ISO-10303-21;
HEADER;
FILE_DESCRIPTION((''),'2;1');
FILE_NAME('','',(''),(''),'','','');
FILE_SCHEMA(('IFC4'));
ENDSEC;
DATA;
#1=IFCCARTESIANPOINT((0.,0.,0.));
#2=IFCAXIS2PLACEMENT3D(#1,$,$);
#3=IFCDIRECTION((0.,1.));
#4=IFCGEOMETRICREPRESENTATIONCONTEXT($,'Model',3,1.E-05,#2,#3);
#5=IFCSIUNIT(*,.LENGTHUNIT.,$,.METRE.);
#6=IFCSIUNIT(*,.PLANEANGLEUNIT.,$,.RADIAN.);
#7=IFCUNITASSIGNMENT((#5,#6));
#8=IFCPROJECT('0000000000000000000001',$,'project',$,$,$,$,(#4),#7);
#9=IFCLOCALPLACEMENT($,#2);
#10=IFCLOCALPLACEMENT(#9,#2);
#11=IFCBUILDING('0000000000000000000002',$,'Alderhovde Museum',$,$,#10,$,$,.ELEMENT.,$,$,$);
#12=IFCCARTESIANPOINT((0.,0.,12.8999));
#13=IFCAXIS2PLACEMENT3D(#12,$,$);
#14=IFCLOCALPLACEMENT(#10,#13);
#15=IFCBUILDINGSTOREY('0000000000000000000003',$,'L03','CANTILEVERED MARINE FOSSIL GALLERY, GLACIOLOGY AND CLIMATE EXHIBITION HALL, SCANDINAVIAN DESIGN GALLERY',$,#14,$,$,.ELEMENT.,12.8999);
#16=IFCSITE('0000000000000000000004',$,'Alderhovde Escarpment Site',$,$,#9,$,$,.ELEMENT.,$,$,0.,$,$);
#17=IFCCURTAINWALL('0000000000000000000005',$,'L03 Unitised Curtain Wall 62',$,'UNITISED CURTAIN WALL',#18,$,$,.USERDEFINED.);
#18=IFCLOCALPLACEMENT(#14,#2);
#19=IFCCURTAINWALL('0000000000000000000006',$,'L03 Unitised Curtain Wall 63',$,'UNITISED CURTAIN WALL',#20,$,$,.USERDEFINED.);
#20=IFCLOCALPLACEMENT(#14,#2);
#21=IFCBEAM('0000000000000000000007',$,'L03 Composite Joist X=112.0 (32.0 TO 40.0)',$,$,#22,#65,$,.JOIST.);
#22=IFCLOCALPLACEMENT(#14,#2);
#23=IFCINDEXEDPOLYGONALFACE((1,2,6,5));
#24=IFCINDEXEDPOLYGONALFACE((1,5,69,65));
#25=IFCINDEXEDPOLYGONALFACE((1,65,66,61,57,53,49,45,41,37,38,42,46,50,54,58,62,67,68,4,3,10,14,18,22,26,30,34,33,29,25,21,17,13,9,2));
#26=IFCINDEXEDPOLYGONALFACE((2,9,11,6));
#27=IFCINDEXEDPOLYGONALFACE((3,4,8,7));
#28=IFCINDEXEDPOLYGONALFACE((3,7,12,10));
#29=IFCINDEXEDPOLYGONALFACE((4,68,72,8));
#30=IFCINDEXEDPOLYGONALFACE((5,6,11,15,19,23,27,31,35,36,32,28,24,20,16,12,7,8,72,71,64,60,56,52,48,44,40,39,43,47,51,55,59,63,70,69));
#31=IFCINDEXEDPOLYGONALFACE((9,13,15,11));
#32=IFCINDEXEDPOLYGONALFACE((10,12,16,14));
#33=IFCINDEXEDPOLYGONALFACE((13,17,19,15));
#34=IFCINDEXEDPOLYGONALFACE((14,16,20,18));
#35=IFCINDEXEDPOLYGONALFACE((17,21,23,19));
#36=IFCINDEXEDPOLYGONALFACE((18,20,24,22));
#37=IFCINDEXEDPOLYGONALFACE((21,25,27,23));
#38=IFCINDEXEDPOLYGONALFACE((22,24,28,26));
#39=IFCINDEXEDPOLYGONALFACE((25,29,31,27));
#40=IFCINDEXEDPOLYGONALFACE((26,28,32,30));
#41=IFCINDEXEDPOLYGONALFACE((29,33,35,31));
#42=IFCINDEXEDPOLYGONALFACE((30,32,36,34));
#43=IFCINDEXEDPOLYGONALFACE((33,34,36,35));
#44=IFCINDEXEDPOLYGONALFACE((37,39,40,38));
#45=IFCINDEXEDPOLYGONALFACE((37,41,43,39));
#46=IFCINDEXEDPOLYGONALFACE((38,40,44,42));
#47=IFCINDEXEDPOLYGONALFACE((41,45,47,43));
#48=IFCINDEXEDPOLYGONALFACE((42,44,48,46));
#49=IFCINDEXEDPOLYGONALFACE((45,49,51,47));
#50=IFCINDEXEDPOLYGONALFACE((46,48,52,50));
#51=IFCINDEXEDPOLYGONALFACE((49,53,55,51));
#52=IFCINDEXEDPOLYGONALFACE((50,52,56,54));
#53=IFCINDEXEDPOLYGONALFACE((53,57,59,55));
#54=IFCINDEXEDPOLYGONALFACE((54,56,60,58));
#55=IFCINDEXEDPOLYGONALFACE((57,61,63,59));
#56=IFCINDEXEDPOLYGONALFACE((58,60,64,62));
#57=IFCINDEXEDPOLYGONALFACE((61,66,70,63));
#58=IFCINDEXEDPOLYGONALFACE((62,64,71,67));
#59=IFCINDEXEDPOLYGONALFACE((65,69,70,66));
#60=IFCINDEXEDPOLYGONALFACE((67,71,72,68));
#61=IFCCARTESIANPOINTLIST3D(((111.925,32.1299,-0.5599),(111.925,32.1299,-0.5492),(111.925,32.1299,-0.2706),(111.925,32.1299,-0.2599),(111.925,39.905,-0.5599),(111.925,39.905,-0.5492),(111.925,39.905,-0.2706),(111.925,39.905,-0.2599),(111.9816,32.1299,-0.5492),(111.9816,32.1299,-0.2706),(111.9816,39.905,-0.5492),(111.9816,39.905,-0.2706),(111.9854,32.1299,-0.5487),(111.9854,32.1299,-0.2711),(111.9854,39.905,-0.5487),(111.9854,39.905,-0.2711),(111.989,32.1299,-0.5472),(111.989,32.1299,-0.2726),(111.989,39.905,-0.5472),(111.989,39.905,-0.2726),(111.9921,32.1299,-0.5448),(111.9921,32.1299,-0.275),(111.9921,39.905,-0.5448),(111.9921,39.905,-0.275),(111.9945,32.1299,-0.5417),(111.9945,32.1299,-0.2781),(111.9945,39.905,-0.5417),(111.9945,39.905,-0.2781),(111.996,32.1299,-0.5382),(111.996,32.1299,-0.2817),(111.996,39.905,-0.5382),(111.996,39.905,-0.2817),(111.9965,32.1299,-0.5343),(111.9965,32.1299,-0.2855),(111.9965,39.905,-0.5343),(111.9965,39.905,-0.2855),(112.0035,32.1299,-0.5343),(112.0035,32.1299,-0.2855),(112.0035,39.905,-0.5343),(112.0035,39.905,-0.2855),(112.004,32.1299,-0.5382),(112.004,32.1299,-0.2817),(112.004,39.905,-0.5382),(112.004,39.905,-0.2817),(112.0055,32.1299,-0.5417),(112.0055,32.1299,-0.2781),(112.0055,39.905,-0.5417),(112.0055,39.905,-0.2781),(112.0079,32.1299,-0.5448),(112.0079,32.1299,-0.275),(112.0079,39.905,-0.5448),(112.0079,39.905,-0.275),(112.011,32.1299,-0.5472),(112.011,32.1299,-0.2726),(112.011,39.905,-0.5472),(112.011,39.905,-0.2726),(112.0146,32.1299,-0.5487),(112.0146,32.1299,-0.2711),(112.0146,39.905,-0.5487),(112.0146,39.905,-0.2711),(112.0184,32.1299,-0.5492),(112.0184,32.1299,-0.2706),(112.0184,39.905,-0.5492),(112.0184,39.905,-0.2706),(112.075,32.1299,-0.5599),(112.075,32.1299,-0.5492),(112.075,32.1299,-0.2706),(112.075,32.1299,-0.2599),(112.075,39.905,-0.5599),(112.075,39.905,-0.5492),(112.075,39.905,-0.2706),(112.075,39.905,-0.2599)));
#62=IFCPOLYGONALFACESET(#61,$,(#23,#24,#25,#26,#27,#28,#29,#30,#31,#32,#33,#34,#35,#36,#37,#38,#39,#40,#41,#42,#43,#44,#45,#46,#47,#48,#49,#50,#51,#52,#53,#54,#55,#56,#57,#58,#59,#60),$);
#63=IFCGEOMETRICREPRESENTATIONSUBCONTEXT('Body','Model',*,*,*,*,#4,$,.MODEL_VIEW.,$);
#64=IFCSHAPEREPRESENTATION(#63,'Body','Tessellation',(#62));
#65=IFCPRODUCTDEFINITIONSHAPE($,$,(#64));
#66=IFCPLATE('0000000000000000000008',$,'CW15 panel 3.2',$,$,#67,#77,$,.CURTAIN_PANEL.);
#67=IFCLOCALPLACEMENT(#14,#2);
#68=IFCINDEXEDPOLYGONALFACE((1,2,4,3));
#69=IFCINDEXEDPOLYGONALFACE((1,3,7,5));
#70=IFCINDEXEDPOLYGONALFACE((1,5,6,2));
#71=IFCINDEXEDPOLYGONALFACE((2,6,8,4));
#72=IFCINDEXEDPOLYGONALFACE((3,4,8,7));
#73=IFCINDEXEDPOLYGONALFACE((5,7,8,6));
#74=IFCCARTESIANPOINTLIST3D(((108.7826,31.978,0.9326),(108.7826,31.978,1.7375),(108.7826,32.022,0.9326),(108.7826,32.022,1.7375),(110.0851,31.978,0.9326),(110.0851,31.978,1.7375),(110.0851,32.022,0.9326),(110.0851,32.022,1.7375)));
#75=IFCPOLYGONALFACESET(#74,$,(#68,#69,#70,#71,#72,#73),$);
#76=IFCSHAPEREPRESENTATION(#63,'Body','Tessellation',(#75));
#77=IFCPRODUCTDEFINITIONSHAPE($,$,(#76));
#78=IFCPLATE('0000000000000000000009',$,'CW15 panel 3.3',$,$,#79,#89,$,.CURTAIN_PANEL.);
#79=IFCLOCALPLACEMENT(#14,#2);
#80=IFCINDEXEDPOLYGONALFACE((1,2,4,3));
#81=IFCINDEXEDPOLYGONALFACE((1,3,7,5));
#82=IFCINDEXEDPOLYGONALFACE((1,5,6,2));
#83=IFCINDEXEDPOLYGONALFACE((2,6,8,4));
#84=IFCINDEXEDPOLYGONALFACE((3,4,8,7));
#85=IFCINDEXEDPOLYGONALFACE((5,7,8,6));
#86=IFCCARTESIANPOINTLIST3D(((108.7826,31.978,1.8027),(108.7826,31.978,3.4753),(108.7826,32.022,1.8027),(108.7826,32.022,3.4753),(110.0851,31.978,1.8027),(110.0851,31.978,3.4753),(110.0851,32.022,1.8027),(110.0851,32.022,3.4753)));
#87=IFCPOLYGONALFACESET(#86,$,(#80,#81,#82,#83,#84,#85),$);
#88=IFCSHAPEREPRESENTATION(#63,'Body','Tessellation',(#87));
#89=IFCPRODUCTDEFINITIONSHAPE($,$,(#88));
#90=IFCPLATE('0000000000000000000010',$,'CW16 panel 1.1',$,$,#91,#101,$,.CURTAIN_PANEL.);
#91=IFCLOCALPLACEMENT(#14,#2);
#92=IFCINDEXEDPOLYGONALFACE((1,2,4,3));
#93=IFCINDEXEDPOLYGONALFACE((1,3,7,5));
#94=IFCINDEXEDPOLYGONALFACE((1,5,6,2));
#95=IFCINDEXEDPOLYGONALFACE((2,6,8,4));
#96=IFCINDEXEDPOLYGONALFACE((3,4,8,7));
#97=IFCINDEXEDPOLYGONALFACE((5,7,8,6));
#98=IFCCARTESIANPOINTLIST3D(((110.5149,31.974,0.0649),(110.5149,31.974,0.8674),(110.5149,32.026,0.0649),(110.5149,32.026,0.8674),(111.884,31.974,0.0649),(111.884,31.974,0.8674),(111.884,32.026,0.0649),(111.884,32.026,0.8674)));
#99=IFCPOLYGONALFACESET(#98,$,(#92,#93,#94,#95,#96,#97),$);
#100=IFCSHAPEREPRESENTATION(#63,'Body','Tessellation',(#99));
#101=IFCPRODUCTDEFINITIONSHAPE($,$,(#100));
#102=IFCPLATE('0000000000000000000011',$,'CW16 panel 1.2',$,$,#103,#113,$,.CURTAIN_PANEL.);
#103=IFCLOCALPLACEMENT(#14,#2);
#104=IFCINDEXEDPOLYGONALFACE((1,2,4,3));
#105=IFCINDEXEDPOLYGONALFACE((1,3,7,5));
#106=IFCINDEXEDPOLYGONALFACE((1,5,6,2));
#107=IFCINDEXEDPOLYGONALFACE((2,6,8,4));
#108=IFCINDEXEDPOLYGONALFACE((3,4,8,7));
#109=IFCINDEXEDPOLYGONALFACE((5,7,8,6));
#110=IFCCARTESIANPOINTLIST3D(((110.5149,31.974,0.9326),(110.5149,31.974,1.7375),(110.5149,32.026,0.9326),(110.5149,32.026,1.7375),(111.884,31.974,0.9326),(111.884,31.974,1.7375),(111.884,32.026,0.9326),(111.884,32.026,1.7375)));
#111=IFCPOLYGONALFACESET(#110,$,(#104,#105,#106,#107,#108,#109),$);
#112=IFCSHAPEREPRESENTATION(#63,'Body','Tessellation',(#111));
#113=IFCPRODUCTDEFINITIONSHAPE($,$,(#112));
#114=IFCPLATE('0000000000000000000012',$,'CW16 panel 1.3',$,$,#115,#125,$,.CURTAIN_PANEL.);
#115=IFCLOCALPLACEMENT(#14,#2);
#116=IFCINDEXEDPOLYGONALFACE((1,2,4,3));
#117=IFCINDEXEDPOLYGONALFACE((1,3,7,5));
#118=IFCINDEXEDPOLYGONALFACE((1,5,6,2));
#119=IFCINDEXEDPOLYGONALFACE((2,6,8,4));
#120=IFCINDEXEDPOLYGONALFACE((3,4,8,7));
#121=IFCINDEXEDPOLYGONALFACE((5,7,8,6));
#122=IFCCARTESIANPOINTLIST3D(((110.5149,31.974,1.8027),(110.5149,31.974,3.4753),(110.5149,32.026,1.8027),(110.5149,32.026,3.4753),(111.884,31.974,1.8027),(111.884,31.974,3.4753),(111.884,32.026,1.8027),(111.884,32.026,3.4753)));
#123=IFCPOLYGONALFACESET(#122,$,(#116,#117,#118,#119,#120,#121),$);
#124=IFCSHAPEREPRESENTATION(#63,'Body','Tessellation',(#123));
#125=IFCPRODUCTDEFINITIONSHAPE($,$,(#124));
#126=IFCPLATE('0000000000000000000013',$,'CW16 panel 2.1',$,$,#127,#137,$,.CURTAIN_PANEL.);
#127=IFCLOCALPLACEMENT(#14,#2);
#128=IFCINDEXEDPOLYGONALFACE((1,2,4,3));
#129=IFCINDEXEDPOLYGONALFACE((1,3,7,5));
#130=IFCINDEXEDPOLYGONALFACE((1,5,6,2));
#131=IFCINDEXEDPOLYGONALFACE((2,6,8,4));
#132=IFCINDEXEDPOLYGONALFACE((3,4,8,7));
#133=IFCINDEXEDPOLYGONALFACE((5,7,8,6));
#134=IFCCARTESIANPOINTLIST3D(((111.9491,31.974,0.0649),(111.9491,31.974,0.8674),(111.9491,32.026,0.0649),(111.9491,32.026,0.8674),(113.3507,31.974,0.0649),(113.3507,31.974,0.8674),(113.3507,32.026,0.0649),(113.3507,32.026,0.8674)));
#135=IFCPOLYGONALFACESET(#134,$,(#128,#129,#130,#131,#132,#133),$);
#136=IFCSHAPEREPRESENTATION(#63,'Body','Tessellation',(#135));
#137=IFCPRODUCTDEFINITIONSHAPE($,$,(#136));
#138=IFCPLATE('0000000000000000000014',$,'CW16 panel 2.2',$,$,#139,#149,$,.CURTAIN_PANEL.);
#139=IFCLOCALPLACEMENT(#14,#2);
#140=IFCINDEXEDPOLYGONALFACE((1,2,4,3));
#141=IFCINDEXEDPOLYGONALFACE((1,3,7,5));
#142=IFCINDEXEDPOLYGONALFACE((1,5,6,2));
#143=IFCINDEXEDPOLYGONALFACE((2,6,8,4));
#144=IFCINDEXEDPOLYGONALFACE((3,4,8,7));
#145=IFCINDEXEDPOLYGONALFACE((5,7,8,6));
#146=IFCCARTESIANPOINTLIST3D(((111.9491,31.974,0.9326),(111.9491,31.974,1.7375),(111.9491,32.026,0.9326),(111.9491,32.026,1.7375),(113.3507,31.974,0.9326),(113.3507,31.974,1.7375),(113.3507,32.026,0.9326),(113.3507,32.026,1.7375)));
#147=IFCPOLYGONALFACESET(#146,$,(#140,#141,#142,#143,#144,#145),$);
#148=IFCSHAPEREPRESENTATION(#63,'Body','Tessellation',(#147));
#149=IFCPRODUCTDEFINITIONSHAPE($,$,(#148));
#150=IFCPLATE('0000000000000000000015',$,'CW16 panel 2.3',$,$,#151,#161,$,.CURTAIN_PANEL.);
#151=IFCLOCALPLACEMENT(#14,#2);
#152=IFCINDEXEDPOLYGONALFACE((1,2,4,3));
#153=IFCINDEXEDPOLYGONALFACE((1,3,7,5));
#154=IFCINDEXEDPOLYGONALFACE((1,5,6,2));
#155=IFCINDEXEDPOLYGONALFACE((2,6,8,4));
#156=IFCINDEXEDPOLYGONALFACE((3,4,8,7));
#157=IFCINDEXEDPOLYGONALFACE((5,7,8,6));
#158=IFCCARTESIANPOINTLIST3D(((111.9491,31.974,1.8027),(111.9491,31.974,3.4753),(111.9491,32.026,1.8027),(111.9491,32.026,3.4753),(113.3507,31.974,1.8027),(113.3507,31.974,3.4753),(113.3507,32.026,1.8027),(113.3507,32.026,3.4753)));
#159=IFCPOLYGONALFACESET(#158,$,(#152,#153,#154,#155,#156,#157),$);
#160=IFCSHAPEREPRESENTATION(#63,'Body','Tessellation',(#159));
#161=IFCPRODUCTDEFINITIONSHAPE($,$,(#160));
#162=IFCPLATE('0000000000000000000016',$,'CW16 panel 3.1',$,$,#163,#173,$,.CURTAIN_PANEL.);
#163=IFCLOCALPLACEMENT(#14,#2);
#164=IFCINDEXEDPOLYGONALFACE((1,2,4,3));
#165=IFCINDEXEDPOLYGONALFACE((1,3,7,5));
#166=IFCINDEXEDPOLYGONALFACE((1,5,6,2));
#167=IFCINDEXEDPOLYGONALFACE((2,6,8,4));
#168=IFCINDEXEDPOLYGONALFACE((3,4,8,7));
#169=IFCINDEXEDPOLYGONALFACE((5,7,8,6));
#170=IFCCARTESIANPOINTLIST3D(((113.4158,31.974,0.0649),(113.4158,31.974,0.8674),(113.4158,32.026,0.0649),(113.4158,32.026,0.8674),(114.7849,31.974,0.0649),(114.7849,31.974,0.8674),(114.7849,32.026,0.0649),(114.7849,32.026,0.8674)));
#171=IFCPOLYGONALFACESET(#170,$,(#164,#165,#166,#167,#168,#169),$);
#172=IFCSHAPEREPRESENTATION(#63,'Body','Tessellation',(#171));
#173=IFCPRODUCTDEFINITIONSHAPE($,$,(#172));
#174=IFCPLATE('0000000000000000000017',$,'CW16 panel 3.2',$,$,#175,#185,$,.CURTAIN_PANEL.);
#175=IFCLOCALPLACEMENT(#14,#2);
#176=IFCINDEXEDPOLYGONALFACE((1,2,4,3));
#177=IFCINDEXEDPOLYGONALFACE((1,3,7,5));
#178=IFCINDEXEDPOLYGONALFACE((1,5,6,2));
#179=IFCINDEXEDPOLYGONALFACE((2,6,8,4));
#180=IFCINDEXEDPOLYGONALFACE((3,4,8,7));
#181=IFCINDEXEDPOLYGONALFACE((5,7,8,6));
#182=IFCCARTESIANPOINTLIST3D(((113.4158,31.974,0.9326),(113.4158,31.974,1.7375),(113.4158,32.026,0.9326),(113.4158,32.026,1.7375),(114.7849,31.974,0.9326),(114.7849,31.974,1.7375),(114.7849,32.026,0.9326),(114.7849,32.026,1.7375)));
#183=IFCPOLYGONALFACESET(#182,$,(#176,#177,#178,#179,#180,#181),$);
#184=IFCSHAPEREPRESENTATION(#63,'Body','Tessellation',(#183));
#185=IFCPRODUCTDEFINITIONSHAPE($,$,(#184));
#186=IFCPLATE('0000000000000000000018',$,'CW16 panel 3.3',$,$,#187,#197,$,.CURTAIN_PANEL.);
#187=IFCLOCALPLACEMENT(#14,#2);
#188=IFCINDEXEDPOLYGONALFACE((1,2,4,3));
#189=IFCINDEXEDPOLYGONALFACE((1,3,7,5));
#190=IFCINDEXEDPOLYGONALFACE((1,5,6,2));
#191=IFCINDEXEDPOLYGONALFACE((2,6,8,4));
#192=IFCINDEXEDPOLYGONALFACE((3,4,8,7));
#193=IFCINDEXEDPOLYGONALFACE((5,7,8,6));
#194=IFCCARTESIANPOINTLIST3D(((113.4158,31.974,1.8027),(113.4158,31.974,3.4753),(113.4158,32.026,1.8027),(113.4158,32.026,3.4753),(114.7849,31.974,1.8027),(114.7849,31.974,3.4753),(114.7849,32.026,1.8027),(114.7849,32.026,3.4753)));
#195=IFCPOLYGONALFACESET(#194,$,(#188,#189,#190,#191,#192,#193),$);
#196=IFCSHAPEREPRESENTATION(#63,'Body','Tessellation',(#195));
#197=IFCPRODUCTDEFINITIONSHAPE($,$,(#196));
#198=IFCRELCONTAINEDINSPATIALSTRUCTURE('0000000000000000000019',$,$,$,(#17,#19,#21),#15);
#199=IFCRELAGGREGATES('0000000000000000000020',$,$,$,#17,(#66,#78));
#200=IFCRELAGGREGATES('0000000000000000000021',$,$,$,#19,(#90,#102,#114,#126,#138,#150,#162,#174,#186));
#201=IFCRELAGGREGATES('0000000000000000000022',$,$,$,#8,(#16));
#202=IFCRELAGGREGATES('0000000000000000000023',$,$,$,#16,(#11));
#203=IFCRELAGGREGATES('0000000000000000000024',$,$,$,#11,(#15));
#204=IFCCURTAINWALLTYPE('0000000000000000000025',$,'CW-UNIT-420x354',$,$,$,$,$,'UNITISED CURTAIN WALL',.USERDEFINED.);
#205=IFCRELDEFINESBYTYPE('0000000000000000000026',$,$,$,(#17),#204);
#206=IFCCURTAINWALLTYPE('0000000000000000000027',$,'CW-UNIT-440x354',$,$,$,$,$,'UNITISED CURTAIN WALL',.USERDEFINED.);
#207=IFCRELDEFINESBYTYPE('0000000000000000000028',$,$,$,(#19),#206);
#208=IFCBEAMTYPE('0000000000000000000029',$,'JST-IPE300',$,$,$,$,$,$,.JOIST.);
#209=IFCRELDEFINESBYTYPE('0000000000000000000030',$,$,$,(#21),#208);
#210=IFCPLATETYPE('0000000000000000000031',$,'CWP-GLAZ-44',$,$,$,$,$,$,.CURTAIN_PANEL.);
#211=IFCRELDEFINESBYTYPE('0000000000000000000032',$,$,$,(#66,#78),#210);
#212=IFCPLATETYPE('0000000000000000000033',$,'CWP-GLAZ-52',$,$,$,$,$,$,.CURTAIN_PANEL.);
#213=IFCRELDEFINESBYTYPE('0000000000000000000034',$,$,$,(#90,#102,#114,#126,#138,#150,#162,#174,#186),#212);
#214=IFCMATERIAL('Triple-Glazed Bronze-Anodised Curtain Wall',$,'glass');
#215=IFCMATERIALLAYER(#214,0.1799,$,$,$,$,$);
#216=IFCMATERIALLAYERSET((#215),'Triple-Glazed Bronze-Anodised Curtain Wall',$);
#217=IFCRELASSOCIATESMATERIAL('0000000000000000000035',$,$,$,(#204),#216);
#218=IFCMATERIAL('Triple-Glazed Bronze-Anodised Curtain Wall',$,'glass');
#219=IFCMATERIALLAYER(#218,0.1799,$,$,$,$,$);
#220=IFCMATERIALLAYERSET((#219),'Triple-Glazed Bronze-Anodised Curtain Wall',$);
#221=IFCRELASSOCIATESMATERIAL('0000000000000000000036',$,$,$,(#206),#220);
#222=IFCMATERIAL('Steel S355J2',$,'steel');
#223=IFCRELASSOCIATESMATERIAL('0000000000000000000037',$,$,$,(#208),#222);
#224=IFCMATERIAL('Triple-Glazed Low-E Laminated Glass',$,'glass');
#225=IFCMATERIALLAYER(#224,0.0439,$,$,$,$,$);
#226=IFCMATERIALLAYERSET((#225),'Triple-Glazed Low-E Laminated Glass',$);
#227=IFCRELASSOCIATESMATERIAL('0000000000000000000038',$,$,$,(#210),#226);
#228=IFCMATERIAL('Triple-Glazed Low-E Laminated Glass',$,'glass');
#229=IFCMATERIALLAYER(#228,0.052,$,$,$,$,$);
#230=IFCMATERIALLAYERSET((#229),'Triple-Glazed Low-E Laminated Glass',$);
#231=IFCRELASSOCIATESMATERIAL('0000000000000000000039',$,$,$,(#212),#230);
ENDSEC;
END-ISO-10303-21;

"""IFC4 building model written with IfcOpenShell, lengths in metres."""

from ifc_helpers import new_model, si_unit, direction, frame, origin, origin_2d, place, context, subcontext, project, spatial, rectangle, i_section, extrude, material, layer, layer_set, material_profile, profile_set, type_object, element, aggregate, save


model = new_model("IFC4")

# Units and contexts
model_context = context("Model", 3, precision=1e-05, world=origin(), true_north=direction((0.0, 1.0)))
body_context = subcontext(model_context, "Body", "Model", "MODEL_VIEW")
ifc_project = project(units=[si_unit("LENGTHUNIT", "METRE"), si_unit("PLANEANGLEUNIT", "RADIAN")], contexts=[model_context])

# Site, building, storey
site_placement = place(None, origin())
site = spatial("IfcSite", under=ifc_project, at=site_placement, Name="Alderhovde Escarpment Site", CompositionType="ELEMENT", RefElevation=0.0)
building_placement = place(site_placement, origin())
building = spatial("IfcBuilding", under=site, at=building_placement, Name="Alderhovde Museum", CompositionType="ELEMENT")
storey_placement = place(building_placement, frame((0.0, 0.0, 12.8999)))
storey = spatial("IfcBuildingStorey", under=building, at=storey_placement, Name="L03", Description="CANTILEVERED MARINE FOSSIL GALLERY, GLACIOLOGY AND CLIMATE EXHIBITION HALL, SCANDINAVIAN DESIGN GALLERY", CompositionType="ELEMENT", Elevation=12.8999)

# Curtain wall
ifc_material_1 = material(Name="Triple-Glazed Bronze-Anodised Curtain Wall", Category="glass")
ifc_layer_1 = layer(ifc_material_1, 0.1799)
ifc_layer_set_1 = layer_set([ifc_layer_1], Name="Triple-Glazed Bronze-Anodised Curtain Wall")
curtain_wall_type_1 = type_object("IfcCurtainWallType", Name="CW-UNIT-420x354", ElementType="UNITISED CURTAIN WALL", PredefinedType="USERDEFINED", material=ifc_layer_set_1)
curtain_wall_1_placement = place(storey_placement, origin())
curtain_wall_1 = element("IfcCurtainWall", 1, at=curtain_wall_1_placement, inside=storey, type_object=curtain_wall_type_1, Name="L03 Unitised Curtain Wall 62", ObjectType="UNITISED CURTAIN WALL", PredefinedType="USERDEFINED")

# Curtain wall
ifc_material_2 = material(Name="Triple-Glazed Bronze-Anodised Curtain Wall", Category="glass")
ifc_layer_2 = layer(ifc_material_2, 0.1799)
ifc_layer_set_2 = layer_set([ifc_layer_2], Name="Triple-Glazed Bronze-Anodised Curtain Wall")
curtain_wall_type_2 = type_object("IfcCurtainWallType", Name="CW-UNIT-440x354", ElementType="UNITISED CURTAIN WALL", PredefinedType="USERDEFINED", material=ifc_layer_set_2)
curtain_wall_2_placement = place(storey_placement, origin())
curtain_wall_2 = element("IfcCurtainWall", 2, at=curtain_wall_2_placement, inside=storey, type_object=curtain_wall_type_2, Name="L03 Unitised Curtain Wall 63", ObjectType="UNITISED CURTAIN WALL", PredefinedType="USERDEFINED")

# Beam
ifc_material_3 = material(Name="Steel S355J2", Category="steel")
ifc_material_profile_1 = material_profile(ifc_material_3, i_section(OverallWidth=0.1499, OverallDepth=0.3, WebThickness=0.0071, FlangeThickness=0.0107, FilletRadius=0.0149, at=origin_2d()), Name="IPE 300")
ifc_profile_set_1 = profile_set([ifc_material_profile_1], Name="Steel S355J2")
beam_type_1 = type_object("IfcBeamType", Name="JST-IPE300", PredefinedType="JOIST", material=ifc_profile_set_1)
beam_1_placement = place(storey_placement, frame((112.0, 32.1299, -0.4099), z_axis=(0.0, 1.0, 0.0), x_axis=(-1.0, 0.0, 0.0)))
element("IfcBeam", 3, at=beam_1_placement, inside=storey, type_object=beam_type_1, Name="L03 Composite Joist X=112.0 (32.0 TO 40.0)", PredefinedType="JOIST", context=body_context, shape_type="SweptSolid", body=[
    extrude(i_section(OverallWidth=0.1499, OverallDepth=0.3, WebThickness=0.0071, FlangeThickness=0.0107, FilletRadius=0.0149, at=origin_2d()), origin(), (0.0, 0.0, 1.0), 7.7751),
])

# Plates
ifc_material_4 = material(Name="Triple-Glazed Low-E Laminated Glass", Category="glass")
ifc_layer_3 = layer(ifc_material_4, 0.0439)
ifc_layer_set_3 = layer_set([ifc_layer_3], Name="Triple-Glazed Low-E Laminated Glass")
plate_type_1 = type_object("IfcPlateType", Name="CWP-GLAZ-44", PredefinedType="CURTAIN_PANEL", material=ifc_layer_set_3)
plate_1_placement = place(storey_placement, frame((109.4338, 32.0, 0.9326), z_axis=(0.0, 0.0, 1.0), x_axis=(1.0, 0.0, 0.0)))
plate_1 = element("IfcPlate", 4, at=plate_1_placement, type_object=plate_type_1, Name="CW15 panel 3.2", PredefinedType="CURTAIN_PANEL", context=body_context, shape_type="SweptSolid", body=[
    extrude(rectangle(XDim=1.3025, YDim=0.0439, at=origin_2d()), origin(), (0.0, 0.0, 1.0), 0.8049),
])
plate_2_placement = place(storey_placement, frame((109.4338, 32.0, 1.8027), z_axis=(0.0, 0.0, 1.0), x_axis=(1.0, 0.0, 0.0)))
plate_2 = element("IfcPlate", 5, at=plate_2_placement, type_object=plate_type_1, Name="CW15 panel 3.3", PredefinedType="CURTAIN_PANEL", context=body_context, shape_type="SweptSolid", body=[
    extrude(rectangle(XDim=1.3025, YDim=0.0439, at=origin_2d()), origin(), (0.0, 0.0, 1.0), 1.6726),
])
aggregate(curtain_wall_1, [plate_1, plate_2])
ifc_material_5 = material(Name="Triple-Glazed Low-E Laminated Glass", Category="glass")
ifc_layer_4 = layer(ifc_material_5, 0.052)
ifc_layer_set_4 = layer_set([ifc_layer_4], Name="Triple-Glazed Low-E Laminated Glass")
plate_type_2 = type_object("IfcPlateType", Name="CWP-GLAZ-52", PredefinedType="CURTAIN_PANEL", material=ifc_layer_set_4)
plate_3_placement = place(storey_placement, frame((111.1995, 32.0, 0.0649), z_axis=(0.0, 0.0, 1.0), x_axis=(1.0, 0.0, 0.0)))
plate_3 = element("IfcPlate", 6, at=plate_3_placement, type_object=plate_type_2, Name="CW16 panel 1.1", PredefinedType="CURTAIN_PANEL", context=body_context, shape_type="SweptSolid", body=[
    extrude(rectangle(XDim=1.3691, YDim=0.052, at=origin_2d()), origin(), (0.0, 0.0, 1.0), 0.8025),
])
plate_4_placement = place(storey_placement, frame((111.1995, 32.0, 0.9326), z_axis=(0.0, 0.0, 1.0), x_axis=(1.0, 0.0, 0.0)))
plate_4 = element("IfcPlate", 7, at=plate_4_placement, type_object=plate_type_2, Name="CW16 panel 1.2", PredefinedType="CURTAIN_PANEL", context=body_context, shape_type="SweptSolid", body=[
    extrude(rectangle(XDim=1.3691, YDim=0.052, at=origin_2d()), origin(), (0.0, 0.0, 1.0), 0.8049),
])
plate_5_placement = place(storey_placement, frame((111.1995, 32.0, 1.8027), z_axis=(0.0, 0.0, 1.0), x_axis=(1.0, 0.0, 0.0)))
plate_5 = element("IfcPlate", 8, at=plate_5_placement, type_object=plate_type_2, Name="CW16 panel 1.3", PredefinedType="CURTAIN_PANEL", context=body_context, shape_type="SweptSolid", body=[
    extrude(rectangle(XDim=1.3691, YDim=0.052, at=origin_2d()), origin(), (0.0, 0.0, 1.0), 1.6726),
])
plate_6_placement = place(storey_placement, frame((112.6499, 32.0, 0.0649), z_axis=(0.0, 0.0, 1.0), x_axis=(1.0, 0.0, 0.0)))
plate_6 = element("IfcPlate", 9, at=plate_6_placement, type_object=plate_type_2, Name="CW16 panel 2.1", PredefinedType="CURTAIN_PANEL", context=body_context, shape_type="SweptSolid", body=[
    extrude(rectangle(XDim=1.4016, YDim=0.052, at=origin_2d()), origin(), (0.0, 0.0, 1.0), 0.8025),
])
plate_7_placement = place(storey_placement, frame((112.6499, 32.0, 0.9326), z_axis=(0.0, 0.0, 1.0), x_axis=(1.0, 0.0, 0.0)))
plate_7 = element("IfcPlate", 10, at=plate_7_placement, type_object=plate_type_2, Name="CW16 panel 2.2", PredefinedType="CURTAIN_PANEL", context=body_context, shape_type="SweptSolid", body=[
    extrude(rectangle(XDim=1.4016, YDim=0.052, at=origin_2d()), origin(), (0.0, 0.0, 1.0), 0.8049),
])
plate_8_placement = place(storey_placement, frame((112.6499, 32.0, 1.8027), z_axis=(0.0, 0.0, 1.0), x_axis=(1.0, 0.0, 0.0)))
plate_8 = element("IfcPlate", 11, at=plate_8_placement, type_object=plate_type_2, Name="CW16 panel 2.3", PredefinedType="CURTAIN_PANEL", context=body_context, shape_type="SweptSolid", body=[
    extrude(rectangle(XDim=1.4016, YDim=0.052, at=origin_2d()), origin(), (0.0, 0.0, 1.0), 1.6726),
])
plate_9_placement = place(storey_placement, frame((114.1003, 32.0, 0.0649), z_axis=(0.0, 0.0, 1.0), x_axis=(1.0, 0.0, 0.0)))
plate_9 = element("IfcPlate", 12, at=plate_9_placement, type_object=plate_type_2, Name="CW16 panel 3.1", PredefinedType="CURTAIN_PANEL", context=body_context, shape_type="SweptSolid", body=[
    extrude(rectangle(XDim=1.3691, YDim=0.052, at=origin_2d()), origin(), (0.0, 0.0, 1.0), 0.8025),
])
plate_10_placement = place(storey_placement, frame((114.1003, 32.0, 0.9326), z_axis=(0.0, 0.0, 1.0), x_axis=(1.0, 0.0, 0.0)))
plate_10 = element("IfcPlate", 13, at=plate_10_placement, type_object=plate_type_2, Name="CW16 panel 3.2", PredefinedType="CURTAIN_PANEL", context=body_context, shape_type="SweptSolid", body=[
    extrude(rectangle(XDim=1.3691, YDim=0.052, at=origin_2d()), origin(), (0.0, 0.0, 1.0), 0.8049),
])
plate_11_placement = place(storey_placement, frame((114.1003, 32.0, 1.8027), z_axis=(0.0, 0.0, 1.0), x_axis=(1.0, 0.0, 0.0)))
plate_11 = element("IfcPlate", 14, at=plate_11_placement, type_object=plate_type_2, Name="CW16 panel 3.3", PredefinedType="CURTAIN_PANEL", context=body_context, shape_type="SweptSolid", body=[
    extrude(rectangle(XDim=1.3691, YDim=0.052, at=origin_2d()), origin(), (0.0, 0.0, 1.0), 1.6726),
])
aggregate(curtain_wall_2, [plate_3, plate_4, plate_5, plate_6, plate_7, plate_8, plate_9, plate_10, plate_11])

save(model, "model.ifc")
